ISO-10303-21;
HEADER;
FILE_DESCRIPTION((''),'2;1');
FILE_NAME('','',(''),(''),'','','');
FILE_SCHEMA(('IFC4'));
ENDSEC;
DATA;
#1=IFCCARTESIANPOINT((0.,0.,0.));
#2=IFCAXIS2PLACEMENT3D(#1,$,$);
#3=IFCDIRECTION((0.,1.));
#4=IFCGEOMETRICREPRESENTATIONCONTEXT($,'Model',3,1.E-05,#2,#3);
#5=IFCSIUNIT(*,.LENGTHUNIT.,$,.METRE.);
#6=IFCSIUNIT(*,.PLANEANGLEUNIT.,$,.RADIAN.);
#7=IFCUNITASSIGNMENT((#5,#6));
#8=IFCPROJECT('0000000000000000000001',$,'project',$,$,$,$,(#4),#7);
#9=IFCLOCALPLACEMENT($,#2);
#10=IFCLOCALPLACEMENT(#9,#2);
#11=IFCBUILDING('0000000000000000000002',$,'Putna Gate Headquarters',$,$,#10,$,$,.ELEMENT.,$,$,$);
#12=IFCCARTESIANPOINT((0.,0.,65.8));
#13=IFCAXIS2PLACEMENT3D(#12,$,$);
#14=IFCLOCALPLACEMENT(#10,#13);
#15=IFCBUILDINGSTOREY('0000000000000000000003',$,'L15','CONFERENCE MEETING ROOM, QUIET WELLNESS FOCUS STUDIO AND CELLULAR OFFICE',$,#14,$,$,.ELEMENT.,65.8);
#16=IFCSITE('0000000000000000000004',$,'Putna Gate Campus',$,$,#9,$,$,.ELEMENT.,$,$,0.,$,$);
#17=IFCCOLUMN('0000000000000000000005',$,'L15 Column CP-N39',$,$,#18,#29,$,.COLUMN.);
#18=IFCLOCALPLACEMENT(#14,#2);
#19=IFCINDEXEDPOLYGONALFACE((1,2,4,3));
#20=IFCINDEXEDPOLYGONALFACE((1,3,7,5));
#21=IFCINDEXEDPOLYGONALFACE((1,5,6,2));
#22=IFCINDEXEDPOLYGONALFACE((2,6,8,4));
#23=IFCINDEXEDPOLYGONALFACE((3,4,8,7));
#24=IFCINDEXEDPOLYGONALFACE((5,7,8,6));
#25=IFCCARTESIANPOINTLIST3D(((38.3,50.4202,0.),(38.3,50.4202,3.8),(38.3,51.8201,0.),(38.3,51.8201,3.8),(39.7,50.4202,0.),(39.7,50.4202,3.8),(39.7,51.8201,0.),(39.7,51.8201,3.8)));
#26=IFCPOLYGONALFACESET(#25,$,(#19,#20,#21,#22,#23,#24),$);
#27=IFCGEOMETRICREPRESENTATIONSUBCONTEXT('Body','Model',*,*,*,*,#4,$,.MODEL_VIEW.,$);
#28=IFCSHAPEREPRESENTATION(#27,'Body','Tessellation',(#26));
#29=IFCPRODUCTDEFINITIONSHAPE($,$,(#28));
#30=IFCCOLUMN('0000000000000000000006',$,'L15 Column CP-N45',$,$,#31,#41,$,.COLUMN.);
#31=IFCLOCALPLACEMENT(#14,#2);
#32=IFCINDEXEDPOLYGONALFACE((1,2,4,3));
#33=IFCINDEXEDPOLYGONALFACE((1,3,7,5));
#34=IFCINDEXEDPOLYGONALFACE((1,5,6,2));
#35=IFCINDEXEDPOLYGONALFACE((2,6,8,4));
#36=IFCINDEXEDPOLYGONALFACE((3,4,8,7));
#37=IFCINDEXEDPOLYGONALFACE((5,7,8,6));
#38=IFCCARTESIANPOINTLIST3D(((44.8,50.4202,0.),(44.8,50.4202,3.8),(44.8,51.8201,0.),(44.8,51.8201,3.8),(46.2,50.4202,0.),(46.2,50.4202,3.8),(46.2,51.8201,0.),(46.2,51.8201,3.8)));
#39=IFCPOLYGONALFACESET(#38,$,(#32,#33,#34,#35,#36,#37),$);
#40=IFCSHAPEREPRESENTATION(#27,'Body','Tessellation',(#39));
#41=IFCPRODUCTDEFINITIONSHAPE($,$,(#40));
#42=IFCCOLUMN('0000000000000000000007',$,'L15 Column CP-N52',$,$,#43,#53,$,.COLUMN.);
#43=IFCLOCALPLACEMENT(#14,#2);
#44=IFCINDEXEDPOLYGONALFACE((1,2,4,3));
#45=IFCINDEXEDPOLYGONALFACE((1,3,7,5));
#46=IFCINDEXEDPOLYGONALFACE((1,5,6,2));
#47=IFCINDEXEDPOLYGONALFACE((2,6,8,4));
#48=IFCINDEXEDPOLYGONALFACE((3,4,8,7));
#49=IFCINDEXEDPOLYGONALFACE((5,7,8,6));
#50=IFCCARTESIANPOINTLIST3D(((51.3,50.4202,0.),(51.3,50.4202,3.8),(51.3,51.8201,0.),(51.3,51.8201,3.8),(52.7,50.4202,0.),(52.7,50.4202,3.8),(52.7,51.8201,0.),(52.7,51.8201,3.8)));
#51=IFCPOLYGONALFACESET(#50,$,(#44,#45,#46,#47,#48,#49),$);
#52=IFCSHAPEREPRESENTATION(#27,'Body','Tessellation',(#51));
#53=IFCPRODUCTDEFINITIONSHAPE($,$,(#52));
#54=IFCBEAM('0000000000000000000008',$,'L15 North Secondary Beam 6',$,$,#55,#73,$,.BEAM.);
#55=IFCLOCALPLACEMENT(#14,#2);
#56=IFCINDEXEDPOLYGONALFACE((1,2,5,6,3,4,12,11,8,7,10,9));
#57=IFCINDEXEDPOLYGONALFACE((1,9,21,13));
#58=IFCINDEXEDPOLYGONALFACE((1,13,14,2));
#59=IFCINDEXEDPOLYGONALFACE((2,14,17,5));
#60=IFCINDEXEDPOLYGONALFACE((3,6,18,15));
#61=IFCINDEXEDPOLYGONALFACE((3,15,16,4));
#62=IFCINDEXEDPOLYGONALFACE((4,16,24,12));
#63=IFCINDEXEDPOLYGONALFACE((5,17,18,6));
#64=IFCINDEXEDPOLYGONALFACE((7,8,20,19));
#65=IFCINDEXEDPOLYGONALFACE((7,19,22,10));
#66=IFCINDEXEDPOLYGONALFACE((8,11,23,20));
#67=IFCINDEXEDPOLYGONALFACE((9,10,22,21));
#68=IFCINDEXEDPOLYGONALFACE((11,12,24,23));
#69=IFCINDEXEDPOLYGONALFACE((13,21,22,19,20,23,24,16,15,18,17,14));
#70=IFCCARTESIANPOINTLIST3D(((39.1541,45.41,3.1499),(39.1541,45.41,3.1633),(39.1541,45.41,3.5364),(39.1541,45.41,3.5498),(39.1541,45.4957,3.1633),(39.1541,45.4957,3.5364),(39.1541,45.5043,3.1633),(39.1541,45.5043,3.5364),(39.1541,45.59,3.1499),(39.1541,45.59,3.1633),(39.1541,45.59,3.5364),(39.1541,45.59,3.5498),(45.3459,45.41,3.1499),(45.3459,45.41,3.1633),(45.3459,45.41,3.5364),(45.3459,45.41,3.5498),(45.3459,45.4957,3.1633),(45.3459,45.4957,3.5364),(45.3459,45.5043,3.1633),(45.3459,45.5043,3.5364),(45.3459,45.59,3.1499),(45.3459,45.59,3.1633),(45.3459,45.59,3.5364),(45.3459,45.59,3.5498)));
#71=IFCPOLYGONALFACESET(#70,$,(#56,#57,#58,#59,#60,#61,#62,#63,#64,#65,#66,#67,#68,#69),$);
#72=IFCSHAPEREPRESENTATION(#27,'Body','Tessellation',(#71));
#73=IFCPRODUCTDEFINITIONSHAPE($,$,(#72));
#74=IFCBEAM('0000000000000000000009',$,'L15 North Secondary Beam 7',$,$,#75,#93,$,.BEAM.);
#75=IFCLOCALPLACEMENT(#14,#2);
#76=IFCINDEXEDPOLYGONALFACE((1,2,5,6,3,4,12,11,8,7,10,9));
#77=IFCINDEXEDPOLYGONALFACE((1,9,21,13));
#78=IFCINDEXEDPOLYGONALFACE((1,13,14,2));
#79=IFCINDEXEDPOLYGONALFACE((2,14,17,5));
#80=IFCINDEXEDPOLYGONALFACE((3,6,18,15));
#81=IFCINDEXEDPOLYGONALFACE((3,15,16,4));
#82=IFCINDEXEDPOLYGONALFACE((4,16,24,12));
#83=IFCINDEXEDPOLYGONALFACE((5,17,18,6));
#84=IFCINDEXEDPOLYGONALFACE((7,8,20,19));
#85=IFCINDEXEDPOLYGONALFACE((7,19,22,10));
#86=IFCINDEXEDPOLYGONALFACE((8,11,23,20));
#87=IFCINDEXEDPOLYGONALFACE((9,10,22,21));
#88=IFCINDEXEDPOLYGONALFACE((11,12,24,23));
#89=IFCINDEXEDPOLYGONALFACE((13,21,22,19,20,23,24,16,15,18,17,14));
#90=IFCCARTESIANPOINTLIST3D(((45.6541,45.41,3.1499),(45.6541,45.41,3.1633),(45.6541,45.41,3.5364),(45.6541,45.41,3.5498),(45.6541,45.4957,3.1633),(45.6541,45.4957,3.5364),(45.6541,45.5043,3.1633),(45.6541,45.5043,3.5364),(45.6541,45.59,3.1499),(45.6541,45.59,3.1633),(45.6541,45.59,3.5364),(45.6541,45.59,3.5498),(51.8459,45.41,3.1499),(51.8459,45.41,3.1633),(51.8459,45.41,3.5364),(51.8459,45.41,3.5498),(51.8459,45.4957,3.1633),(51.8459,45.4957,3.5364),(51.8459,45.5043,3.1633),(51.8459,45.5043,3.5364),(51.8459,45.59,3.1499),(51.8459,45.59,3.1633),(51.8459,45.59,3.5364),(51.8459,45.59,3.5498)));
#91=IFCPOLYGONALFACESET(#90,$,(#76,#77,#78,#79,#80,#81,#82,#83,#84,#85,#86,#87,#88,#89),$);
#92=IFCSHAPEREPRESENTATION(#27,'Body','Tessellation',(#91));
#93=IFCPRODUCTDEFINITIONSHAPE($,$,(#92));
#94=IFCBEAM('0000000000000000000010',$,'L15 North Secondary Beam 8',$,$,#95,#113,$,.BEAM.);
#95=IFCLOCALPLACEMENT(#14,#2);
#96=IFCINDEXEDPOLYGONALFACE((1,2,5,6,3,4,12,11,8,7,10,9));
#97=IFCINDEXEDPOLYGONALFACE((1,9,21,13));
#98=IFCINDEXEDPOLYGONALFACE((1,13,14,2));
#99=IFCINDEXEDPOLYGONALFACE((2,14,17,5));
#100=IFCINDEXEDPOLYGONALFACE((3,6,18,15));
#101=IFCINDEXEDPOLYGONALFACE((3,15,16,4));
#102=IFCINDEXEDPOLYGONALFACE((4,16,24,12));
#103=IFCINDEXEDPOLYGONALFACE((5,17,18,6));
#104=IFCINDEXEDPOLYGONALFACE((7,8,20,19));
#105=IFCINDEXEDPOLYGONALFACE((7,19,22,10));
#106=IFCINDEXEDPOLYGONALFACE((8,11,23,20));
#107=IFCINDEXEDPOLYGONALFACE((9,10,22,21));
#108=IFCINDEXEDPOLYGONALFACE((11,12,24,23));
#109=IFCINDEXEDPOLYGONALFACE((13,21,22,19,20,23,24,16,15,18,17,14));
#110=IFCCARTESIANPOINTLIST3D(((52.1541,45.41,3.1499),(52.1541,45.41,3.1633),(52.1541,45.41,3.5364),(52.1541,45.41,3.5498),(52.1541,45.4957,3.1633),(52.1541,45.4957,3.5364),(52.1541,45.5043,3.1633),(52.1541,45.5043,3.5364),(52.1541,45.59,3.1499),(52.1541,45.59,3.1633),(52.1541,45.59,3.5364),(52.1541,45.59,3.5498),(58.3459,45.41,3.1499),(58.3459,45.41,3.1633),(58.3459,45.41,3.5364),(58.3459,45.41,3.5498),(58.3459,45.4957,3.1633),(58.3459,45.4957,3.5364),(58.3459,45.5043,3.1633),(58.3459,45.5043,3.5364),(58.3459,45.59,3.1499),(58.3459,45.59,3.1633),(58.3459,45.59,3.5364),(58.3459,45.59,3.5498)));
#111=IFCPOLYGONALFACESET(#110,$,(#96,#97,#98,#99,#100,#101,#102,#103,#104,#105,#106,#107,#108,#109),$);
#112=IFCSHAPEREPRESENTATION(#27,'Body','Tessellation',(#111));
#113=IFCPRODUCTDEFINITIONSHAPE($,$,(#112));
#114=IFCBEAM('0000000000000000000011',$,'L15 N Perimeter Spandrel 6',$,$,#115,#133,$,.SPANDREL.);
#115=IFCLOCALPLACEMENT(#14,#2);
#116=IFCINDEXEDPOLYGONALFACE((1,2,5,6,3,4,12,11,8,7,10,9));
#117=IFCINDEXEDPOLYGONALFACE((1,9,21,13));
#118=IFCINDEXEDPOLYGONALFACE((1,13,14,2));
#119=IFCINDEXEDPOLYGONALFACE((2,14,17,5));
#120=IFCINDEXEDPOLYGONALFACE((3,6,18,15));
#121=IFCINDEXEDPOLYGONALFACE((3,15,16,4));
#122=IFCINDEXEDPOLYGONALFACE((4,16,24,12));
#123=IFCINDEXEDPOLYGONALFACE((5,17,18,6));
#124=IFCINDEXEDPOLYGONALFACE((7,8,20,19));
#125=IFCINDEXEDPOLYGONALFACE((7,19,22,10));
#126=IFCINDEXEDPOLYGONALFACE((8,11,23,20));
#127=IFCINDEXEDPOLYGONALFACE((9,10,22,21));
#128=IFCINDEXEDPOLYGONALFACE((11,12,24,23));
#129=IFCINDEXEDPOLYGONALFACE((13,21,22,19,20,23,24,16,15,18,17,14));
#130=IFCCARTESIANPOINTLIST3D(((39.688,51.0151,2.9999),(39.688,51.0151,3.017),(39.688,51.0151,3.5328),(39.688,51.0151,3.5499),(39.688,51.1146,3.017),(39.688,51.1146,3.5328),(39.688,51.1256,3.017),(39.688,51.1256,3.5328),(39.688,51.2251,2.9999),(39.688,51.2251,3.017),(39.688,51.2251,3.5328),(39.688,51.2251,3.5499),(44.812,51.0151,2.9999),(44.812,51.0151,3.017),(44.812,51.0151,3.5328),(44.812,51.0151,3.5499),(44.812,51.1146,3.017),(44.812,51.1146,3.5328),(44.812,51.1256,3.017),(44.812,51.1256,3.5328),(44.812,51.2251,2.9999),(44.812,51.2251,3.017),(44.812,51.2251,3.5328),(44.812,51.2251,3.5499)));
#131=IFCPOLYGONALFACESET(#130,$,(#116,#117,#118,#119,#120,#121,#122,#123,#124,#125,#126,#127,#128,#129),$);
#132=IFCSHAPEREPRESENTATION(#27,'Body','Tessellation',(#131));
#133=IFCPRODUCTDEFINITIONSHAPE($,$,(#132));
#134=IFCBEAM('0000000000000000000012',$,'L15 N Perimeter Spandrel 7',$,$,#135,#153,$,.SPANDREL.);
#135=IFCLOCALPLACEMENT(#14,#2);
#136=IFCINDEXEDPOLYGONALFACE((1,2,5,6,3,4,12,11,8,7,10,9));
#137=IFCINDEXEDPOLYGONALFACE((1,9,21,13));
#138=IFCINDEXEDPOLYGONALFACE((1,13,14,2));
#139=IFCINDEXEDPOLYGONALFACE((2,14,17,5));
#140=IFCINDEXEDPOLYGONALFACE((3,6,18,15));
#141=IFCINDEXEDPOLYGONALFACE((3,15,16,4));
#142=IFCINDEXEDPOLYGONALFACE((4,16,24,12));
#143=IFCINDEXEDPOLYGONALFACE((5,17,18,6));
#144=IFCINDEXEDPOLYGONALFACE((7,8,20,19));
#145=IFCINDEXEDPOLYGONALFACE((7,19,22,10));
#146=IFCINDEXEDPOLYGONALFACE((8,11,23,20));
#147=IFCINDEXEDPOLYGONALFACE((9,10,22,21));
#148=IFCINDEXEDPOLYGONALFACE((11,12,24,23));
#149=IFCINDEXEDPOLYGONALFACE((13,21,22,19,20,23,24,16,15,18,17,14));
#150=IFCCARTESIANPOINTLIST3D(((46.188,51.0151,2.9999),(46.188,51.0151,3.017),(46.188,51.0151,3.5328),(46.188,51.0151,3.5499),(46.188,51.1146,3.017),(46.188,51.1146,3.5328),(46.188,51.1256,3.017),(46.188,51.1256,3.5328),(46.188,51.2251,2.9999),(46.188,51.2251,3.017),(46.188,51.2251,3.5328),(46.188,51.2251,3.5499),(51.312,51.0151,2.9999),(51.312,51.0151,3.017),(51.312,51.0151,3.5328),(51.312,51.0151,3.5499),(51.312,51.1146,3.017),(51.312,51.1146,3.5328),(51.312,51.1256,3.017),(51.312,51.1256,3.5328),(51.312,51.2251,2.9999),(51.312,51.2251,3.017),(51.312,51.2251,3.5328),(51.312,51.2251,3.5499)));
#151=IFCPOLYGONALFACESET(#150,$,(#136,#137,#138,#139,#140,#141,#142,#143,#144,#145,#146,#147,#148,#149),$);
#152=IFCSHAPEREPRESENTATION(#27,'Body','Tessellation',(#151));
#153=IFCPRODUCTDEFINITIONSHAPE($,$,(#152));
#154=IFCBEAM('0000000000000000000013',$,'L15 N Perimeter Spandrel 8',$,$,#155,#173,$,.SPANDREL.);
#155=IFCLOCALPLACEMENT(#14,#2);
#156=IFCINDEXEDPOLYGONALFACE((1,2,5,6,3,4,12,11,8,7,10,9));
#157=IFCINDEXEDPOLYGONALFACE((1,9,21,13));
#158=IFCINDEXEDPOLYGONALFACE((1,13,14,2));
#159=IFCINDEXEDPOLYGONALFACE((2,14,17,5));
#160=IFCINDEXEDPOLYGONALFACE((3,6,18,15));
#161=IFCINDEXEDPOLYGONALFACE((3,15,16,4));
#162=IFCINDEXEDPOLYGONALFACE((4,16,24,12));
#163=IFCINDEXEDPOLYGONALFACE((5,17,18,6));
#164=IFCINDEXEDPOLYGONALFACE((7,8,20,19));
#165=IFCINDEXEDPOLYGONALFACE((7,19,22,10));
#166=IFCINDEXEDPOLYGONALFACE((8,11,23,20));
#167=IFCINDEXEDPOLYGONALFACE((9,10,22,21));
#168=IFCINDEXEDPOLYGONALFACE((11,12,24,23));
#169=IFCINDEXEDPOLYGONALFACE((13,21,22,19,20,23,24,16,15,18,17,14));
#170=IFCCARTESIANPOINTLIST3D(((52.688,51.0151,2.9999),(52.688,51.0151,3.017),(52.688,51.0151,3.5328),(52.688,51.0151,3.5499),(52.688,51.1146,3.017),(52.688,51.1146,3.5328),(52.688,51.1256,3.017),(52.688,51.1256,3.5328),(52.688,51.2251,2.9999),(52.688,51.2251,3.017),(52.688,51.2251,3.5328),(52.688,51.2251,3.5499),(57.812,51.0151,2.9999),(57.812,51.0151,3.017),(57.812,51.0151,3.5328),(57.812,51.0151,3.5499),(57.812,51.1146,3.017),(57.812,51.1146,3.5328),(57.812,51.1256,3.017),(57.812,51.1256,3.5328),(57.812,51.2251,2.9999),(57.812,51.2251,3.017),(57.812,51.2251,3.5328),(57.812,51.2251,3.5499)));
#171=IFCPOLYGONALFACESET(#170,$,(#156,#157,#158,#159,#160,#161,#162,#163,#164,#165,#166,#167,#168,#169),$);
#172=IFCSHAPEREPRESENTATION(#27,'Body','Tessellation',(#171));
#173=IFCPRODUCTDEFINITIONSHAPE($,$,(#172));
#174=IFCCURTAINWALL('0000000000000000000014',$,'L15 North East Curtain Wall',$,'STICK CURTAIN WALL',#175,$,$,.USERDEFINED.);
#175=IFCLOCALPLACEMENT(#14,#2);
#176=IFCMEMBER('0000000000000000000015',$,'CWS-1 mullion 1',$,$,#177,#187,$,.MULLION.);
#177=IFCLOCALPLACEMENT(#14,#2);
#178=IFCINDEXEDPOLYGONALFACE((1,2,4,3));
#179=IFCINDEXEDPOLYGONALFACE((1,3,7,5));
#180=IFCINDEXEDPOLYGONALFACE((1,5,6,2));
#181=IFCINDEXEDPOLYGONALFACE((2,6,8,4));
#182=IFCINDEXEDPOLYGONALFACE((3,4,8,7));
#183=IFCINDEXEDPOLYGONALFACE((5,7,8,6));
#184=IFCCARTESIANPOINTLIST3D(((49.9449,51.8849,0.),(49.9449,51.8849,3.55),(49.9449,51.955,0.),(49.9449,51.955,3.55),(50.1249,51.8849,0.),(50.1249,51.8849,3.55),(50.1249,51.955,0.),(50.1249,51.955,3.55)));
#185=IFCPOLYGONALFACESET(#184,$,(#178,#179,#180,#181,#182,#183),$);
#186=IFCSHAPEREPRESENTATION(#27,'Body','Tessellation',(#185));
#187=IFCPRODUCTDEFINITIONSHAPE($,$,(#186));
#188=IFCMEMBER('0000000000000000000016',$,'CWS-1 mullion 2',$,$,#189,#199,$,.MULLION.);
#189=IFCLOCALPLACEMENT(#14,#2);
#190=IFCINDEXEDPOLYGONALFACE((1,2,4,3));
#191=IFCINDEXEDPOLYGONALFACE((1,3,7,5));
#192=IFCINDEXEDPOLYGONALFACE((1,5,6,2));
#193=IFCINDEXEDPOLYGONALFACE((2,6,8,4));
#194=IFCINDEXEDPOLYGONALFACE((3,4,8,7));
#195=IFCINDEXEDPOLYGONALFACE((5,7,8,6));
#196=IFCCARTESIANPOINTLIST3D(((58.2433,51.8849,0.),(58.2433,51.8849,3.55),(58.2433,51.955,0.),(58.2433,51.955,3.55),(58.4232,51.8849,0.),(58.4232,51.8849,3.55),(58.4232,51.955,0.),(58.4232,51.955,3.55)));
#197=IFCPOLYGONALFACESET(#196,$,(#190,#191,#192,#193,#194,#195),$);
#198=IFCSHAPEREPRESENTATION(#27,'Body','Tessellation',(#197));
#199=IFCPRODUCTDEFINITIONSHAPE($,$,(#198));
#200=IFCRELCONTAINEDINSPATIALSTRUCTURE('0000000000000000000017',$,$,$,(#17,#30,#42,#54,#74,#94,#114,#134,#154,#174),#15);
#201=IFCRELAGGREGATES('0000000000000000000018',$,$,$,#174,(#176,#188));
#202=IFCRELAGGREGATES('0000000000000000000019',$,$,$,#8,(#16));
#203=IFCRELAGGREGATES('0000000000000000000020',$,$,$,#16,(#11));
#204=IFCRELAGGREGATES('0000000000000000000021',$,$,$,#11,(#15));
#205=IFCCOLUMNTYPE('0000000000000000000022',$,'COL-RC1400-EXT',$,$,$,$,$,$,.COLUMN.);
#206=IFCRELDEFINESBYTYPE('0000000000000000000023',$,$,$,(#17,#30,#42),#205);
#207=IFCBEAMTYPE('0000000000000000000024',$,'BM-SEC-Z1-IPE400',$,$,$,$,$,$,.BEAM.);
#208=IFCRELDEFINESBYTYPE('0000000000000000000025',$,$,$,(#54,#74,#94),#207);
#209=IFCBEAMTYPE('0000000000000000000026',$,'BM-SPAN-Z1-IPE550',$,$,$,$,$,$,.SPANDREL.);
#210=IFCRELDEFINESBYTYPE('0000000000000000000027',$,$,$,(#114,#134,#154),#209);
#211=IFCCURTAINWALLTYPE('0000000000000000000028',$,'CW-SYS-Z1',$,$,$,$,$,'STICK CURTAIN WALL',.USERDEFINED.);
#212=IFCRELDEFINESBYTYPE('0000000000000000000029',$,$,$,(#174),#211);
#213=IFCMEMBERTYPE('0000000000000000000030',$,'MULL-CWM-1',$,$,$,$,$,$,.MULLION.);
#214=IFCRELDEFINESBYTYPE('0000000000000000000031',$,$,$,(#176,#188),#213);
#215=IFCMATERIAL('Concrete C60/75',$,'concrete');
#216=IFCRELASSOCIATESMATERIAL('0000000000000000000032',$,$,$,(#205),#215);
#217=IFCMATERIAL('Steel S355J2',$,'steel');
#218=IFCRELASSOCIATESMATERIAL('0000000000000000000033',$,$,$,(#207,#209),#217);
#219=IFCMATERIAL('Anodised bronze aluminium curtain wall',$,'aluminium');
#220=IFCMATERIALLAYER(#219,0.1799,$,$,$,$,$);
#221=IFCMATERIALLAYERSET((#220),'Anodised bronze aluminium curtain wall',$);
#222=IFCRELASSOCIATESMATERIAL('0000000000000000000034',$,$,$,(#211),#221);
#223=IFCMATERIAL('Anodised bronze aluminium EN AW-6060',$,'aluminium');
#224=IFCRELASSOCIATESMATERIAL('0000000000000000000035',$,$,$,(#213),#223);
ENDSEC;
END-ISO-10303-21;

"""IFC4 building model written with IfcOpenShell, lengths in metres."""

from ifc_helpers import new_model, si_unit, direction, frame, origin, origin_2d, place, context, subcontext, project, spatial, rectangle, i_section, extrude, material, layer, layer_set, material_profile, profile_set, type_object, element, aggregate, save


model = new_model("IFC4")

# Units and contexts
model_context = context("Model", 3, precision=1e-05, world=origin(), true_north=direction((0.0, 1.0)))
body_context = subcontext(model_context, "Body", "Model", "MODEL_VIEW")
ifc_project = project(units=[si_unit("LENGTHUNIT", "METRE"), si_unit("PLANEANGLEUNIT", "RADIAN")], contexts=[model_context])

# Site, building, storey
site_placement = place(None, origin())
site = spatial("IfcSite", under=ifc_project, at=site_placement, Name="Putna Gate Campus", CompositionType="ELEMENT", RefElevation=0.0)
building_placement = place(site_placement, origin())
building = spatial("IfcBuilding", under=site, at=building_placement, Name="Putna Gate Headquarters", CompositionType="ELEMENT")
storey_placement = place(building_placement, frame((0.0, 0.0, 65.8)))
storey = spatial("IfcBuildingStorey", under=building, at=storey_placement, Name="L15", Description="CONFERENCE MEETING ROOM, QUIET WELLNESS FOCUS STUDIO AND CELLULAR OFFICE", CompositionType="ELEMENT", Elevation=65.8)

# Columns
ifc_material_1 = material(Name="Concrete C60/75", Category="concrete")
ifc_material_profile_1 = material_profile(ifc_material_1, rectangle(XDim=1.3999, YDim=1.3999, at=origin_2d()), Name="Concrete C60/75")
ifc_profile_set_1 = profile_set([ifc_material_profile_1], Name="Concrete C60/75")
column_type = type_object("IfcColumnType", Name="COL-RC1400-EXT", PredefinedType="COLUMN", material=ifc_profile_set_1)
for number, where, z_axis, x_axis, name in (
    (1, (39.0, 51.1201, 0.0), (0.0, 0.0, 1.0), (1.0, 0.0, 0.0), "L15 Column CP-N39"),
    (2, (45.5, 51.1201, 0.0), (0.0, 0.0, 1.0), (1.0, 0.0, 0.0), "L15 Column CP-N45"),
    (3, (52.0, 51.1201, 0.0), (0.0, 0.0, 1.0), (1.0, 0.0, 0.0), "L15 Column CP-N52"),
):
    element("IfcColumn", number, at=place(storey_placement, frame(where, z_axis=z_axis, x_axis=x_axis)), inside=storey, type_object=column_type, Name=name, PredefinedType="COLUMN", context=body_context, shape_type="SweptSolid", body=[
        extrude(rectangle(XDim=1.3999, YDim=1.3999, at=origin_2d()), origin(), (0.0, 0.0, 1.0), 3.8),
    ])

# Beams
ifc_material_2 = material(Name="Steel S355J2", Category="steel")
ifc_material_profile_2 = material_profile(ifc_material_2, i_section(OverallWidth=0.1799, OverallDepth=0.3999, WebThickness=0.0085, FlangeThickness=0.0134, at=origin_2d()), Name="Steel S355J2")
ifc_profile_set_2 = profile_set([ifc_material_profile_2], Name="Steel S355J2")
beam_type_1 = type_object("IfcBeamType", Name="BM-SEC-Z1-IPE400", PredefinedType="BEAM", material=ifc_profile_set_2)
for number, where, z_axis, x_axis, name in (
    (4, (39.1541, 45.5, 3.3499), (1.0, 0.0, 0.0), (0.0, 1.0, 0.0), "L15 North Secondary Beam 6"),
    (5, (45.6541, 45.5, 3.3499), (1.0, 0.0, 0.0), (0.0, 1.0, 0.0), "L15 North Secondary Beam 7"),
    (6, (52.1541, 45.5, 3.3499), (1.0, 0.0, 0.0), (0.0, 1.0, 0.0), "L15 North Secondary Beam 8"),
):
    element("IfcBeam", number, at=place(storey_placement, frame(where, z_axis=z_axis, x_axis=x_axis)), inside=storey, type_object=beam_type_1, Name=name, PredefinedType="BEAM", context=body_context, shape_type="SweptSolid", body=[
        extrude(i_section(OverallWidth=0.1799, OverallDepth=0.3999, WebThickness=0.0085, FlangeThickness=0.0134, at=origin_2d()), origin(), (0.0, 0.0, 1.0), 6.1919),
    ])
ifc_material_profile_3 = material_profile(ifc_material_2, i_section(OverallWidth=0.21, OverallDepth=0.55, WebThickness=0.011, FlangeThickness=0.0171, at=origin_2d()), Name="Steel S355J2")
ifc_profile_set_3 = profile_set([ifc_material_profile_3], Name="Steel S355J2")
beam_type_2 = type_object("IfcBeamType", Name="BM-SPAN-Z1-IPE550", PredefinedType="SPANDREL", material=ifc_profile_set_3)
for number, where, z_axis, x_axis, name in (
    (7, (39.688, 51.1201, 3.2749), (1.0, 0.0, 0.0), (0.0, 1.0, 0.0), "L15 N Perimeter Spandrel 6"),
    (8, (46.188, 51.1201, 3.2749), (1.0, 0.0, 0.0), (0.0, 1.0, 0.0), "L15 N Perimeter Spandrel 7"),
    (9, (52.688, 51.1201, 3.2749), (1.0, 0.0, 0.0), (0.0, 1.0, 0.0), "L15 N Perimeter Spandrel 8"),
):
    element("IfcBeam", number, at=place(storey_placement, frame(where, z_axis=z_axis, x_axis=x_axis)), inside=storey, type_object=beam_type_2, Name=name, PredefinedType="SPANDREL", context=body_context, shape_type="SweptSolid", body=[
        extrude(i_section(OverallWidth=0.21, OverallDepth=0.55, WebThickness=0.011, FlangeThickness=0.0171, at=origin_2d()), origin(), (0.0, 0.0, 1.0), 5.124),
    ])

# Curtain wall, members
ifc_material_3 = material(Name="Anodised bronze aluminium curtain wall", Category="aluminium")
ifc_layer_1 = layer(ifc_material_3, 0.1799)
ifc_layer_set_1 = layer_set([ifc_layer_1], Name="Anodised bronze aluminium curtain wall")
curtain_wall_type_1 = type_object("IfcCurtainWallType", Name="CW-SYS-Z1", ElementType="STICK CURTAIN WALL", PredefinedType="USERDEFINED", material=ifc_layer_set_1)
curtain_wall_1_placement = place(storey_placement, origin())
curtain_wall_1 = element("IfcCurtainWall", 10, at=curtain_wall_1_placement, inside=storey, type_object=curtain_wall_type_1, Name="L15 North East Curtain Wall", ObjectType="STICK CURTAIN WALL", PredefinedType="USERDEFINED")
ifc_material_4 = material(Name="Anodised bronze aluminium EN AW-6060", Category="aluminium")
ifc_material_profile_4 = material_profile(ifc_material_4, rectangle(XDim=0.0701, YDim=0.1799, at=origin_2d()), Name="Anodised bronze aluminium EN AW-6060")
ifc_profile_set_4 = profile_set([ifc_material_profile_4], Name="Anodised bronze aluminium EN AW-6060")
member_type_1 = type_object("IfcMemberType", Name="MULL-CWM-1", PredefinedType="MULLION", material=ifc_profile_set_4)
member_1_placement = place(storey_placement, frame((50.0349, 51.9199, 0.0), z_axis=(0.0, 0.0, 1.0), x_axis=(0.0, 1.0, 0.0)))
member_1 = element("IfcMember", 11, at=member_1_placement, type_object=member_type_1, Name="CWS-1 mullion 1", PredefinedType="MULLION", context=body_context, shape_type="SweptSolid", body=[
    extrude(rectangle(XDim=0.0701, YDim=0.1799, at=origin_2d()), origin(), (0.0, 0.0, 1.0), 3.55),
])
member_2_placement = place(storey_placement, frame((58.3333, 51.9199, 0.0), z_axis=(0.0, 0.0, 1.0), x_axis=(0.0, 1.0, 0.0)))
member_2 = element("IfcMember", 12, at=member_2_placement, type_object=member_type_1, Name="CWS-1 mullion 2", PredefinedType="MULLION", context=body_context, shape_type="SweptSolid", body=[
    extrude(rectangle(XDim=0.0701, YDim=0.1799, at=origin_2d()), origin(), (0.0, 0.0, 1.0), 3.55),
])

aggregate(curtain_wall_1, [member_1, member_2])

save(model, "model.ifc")
